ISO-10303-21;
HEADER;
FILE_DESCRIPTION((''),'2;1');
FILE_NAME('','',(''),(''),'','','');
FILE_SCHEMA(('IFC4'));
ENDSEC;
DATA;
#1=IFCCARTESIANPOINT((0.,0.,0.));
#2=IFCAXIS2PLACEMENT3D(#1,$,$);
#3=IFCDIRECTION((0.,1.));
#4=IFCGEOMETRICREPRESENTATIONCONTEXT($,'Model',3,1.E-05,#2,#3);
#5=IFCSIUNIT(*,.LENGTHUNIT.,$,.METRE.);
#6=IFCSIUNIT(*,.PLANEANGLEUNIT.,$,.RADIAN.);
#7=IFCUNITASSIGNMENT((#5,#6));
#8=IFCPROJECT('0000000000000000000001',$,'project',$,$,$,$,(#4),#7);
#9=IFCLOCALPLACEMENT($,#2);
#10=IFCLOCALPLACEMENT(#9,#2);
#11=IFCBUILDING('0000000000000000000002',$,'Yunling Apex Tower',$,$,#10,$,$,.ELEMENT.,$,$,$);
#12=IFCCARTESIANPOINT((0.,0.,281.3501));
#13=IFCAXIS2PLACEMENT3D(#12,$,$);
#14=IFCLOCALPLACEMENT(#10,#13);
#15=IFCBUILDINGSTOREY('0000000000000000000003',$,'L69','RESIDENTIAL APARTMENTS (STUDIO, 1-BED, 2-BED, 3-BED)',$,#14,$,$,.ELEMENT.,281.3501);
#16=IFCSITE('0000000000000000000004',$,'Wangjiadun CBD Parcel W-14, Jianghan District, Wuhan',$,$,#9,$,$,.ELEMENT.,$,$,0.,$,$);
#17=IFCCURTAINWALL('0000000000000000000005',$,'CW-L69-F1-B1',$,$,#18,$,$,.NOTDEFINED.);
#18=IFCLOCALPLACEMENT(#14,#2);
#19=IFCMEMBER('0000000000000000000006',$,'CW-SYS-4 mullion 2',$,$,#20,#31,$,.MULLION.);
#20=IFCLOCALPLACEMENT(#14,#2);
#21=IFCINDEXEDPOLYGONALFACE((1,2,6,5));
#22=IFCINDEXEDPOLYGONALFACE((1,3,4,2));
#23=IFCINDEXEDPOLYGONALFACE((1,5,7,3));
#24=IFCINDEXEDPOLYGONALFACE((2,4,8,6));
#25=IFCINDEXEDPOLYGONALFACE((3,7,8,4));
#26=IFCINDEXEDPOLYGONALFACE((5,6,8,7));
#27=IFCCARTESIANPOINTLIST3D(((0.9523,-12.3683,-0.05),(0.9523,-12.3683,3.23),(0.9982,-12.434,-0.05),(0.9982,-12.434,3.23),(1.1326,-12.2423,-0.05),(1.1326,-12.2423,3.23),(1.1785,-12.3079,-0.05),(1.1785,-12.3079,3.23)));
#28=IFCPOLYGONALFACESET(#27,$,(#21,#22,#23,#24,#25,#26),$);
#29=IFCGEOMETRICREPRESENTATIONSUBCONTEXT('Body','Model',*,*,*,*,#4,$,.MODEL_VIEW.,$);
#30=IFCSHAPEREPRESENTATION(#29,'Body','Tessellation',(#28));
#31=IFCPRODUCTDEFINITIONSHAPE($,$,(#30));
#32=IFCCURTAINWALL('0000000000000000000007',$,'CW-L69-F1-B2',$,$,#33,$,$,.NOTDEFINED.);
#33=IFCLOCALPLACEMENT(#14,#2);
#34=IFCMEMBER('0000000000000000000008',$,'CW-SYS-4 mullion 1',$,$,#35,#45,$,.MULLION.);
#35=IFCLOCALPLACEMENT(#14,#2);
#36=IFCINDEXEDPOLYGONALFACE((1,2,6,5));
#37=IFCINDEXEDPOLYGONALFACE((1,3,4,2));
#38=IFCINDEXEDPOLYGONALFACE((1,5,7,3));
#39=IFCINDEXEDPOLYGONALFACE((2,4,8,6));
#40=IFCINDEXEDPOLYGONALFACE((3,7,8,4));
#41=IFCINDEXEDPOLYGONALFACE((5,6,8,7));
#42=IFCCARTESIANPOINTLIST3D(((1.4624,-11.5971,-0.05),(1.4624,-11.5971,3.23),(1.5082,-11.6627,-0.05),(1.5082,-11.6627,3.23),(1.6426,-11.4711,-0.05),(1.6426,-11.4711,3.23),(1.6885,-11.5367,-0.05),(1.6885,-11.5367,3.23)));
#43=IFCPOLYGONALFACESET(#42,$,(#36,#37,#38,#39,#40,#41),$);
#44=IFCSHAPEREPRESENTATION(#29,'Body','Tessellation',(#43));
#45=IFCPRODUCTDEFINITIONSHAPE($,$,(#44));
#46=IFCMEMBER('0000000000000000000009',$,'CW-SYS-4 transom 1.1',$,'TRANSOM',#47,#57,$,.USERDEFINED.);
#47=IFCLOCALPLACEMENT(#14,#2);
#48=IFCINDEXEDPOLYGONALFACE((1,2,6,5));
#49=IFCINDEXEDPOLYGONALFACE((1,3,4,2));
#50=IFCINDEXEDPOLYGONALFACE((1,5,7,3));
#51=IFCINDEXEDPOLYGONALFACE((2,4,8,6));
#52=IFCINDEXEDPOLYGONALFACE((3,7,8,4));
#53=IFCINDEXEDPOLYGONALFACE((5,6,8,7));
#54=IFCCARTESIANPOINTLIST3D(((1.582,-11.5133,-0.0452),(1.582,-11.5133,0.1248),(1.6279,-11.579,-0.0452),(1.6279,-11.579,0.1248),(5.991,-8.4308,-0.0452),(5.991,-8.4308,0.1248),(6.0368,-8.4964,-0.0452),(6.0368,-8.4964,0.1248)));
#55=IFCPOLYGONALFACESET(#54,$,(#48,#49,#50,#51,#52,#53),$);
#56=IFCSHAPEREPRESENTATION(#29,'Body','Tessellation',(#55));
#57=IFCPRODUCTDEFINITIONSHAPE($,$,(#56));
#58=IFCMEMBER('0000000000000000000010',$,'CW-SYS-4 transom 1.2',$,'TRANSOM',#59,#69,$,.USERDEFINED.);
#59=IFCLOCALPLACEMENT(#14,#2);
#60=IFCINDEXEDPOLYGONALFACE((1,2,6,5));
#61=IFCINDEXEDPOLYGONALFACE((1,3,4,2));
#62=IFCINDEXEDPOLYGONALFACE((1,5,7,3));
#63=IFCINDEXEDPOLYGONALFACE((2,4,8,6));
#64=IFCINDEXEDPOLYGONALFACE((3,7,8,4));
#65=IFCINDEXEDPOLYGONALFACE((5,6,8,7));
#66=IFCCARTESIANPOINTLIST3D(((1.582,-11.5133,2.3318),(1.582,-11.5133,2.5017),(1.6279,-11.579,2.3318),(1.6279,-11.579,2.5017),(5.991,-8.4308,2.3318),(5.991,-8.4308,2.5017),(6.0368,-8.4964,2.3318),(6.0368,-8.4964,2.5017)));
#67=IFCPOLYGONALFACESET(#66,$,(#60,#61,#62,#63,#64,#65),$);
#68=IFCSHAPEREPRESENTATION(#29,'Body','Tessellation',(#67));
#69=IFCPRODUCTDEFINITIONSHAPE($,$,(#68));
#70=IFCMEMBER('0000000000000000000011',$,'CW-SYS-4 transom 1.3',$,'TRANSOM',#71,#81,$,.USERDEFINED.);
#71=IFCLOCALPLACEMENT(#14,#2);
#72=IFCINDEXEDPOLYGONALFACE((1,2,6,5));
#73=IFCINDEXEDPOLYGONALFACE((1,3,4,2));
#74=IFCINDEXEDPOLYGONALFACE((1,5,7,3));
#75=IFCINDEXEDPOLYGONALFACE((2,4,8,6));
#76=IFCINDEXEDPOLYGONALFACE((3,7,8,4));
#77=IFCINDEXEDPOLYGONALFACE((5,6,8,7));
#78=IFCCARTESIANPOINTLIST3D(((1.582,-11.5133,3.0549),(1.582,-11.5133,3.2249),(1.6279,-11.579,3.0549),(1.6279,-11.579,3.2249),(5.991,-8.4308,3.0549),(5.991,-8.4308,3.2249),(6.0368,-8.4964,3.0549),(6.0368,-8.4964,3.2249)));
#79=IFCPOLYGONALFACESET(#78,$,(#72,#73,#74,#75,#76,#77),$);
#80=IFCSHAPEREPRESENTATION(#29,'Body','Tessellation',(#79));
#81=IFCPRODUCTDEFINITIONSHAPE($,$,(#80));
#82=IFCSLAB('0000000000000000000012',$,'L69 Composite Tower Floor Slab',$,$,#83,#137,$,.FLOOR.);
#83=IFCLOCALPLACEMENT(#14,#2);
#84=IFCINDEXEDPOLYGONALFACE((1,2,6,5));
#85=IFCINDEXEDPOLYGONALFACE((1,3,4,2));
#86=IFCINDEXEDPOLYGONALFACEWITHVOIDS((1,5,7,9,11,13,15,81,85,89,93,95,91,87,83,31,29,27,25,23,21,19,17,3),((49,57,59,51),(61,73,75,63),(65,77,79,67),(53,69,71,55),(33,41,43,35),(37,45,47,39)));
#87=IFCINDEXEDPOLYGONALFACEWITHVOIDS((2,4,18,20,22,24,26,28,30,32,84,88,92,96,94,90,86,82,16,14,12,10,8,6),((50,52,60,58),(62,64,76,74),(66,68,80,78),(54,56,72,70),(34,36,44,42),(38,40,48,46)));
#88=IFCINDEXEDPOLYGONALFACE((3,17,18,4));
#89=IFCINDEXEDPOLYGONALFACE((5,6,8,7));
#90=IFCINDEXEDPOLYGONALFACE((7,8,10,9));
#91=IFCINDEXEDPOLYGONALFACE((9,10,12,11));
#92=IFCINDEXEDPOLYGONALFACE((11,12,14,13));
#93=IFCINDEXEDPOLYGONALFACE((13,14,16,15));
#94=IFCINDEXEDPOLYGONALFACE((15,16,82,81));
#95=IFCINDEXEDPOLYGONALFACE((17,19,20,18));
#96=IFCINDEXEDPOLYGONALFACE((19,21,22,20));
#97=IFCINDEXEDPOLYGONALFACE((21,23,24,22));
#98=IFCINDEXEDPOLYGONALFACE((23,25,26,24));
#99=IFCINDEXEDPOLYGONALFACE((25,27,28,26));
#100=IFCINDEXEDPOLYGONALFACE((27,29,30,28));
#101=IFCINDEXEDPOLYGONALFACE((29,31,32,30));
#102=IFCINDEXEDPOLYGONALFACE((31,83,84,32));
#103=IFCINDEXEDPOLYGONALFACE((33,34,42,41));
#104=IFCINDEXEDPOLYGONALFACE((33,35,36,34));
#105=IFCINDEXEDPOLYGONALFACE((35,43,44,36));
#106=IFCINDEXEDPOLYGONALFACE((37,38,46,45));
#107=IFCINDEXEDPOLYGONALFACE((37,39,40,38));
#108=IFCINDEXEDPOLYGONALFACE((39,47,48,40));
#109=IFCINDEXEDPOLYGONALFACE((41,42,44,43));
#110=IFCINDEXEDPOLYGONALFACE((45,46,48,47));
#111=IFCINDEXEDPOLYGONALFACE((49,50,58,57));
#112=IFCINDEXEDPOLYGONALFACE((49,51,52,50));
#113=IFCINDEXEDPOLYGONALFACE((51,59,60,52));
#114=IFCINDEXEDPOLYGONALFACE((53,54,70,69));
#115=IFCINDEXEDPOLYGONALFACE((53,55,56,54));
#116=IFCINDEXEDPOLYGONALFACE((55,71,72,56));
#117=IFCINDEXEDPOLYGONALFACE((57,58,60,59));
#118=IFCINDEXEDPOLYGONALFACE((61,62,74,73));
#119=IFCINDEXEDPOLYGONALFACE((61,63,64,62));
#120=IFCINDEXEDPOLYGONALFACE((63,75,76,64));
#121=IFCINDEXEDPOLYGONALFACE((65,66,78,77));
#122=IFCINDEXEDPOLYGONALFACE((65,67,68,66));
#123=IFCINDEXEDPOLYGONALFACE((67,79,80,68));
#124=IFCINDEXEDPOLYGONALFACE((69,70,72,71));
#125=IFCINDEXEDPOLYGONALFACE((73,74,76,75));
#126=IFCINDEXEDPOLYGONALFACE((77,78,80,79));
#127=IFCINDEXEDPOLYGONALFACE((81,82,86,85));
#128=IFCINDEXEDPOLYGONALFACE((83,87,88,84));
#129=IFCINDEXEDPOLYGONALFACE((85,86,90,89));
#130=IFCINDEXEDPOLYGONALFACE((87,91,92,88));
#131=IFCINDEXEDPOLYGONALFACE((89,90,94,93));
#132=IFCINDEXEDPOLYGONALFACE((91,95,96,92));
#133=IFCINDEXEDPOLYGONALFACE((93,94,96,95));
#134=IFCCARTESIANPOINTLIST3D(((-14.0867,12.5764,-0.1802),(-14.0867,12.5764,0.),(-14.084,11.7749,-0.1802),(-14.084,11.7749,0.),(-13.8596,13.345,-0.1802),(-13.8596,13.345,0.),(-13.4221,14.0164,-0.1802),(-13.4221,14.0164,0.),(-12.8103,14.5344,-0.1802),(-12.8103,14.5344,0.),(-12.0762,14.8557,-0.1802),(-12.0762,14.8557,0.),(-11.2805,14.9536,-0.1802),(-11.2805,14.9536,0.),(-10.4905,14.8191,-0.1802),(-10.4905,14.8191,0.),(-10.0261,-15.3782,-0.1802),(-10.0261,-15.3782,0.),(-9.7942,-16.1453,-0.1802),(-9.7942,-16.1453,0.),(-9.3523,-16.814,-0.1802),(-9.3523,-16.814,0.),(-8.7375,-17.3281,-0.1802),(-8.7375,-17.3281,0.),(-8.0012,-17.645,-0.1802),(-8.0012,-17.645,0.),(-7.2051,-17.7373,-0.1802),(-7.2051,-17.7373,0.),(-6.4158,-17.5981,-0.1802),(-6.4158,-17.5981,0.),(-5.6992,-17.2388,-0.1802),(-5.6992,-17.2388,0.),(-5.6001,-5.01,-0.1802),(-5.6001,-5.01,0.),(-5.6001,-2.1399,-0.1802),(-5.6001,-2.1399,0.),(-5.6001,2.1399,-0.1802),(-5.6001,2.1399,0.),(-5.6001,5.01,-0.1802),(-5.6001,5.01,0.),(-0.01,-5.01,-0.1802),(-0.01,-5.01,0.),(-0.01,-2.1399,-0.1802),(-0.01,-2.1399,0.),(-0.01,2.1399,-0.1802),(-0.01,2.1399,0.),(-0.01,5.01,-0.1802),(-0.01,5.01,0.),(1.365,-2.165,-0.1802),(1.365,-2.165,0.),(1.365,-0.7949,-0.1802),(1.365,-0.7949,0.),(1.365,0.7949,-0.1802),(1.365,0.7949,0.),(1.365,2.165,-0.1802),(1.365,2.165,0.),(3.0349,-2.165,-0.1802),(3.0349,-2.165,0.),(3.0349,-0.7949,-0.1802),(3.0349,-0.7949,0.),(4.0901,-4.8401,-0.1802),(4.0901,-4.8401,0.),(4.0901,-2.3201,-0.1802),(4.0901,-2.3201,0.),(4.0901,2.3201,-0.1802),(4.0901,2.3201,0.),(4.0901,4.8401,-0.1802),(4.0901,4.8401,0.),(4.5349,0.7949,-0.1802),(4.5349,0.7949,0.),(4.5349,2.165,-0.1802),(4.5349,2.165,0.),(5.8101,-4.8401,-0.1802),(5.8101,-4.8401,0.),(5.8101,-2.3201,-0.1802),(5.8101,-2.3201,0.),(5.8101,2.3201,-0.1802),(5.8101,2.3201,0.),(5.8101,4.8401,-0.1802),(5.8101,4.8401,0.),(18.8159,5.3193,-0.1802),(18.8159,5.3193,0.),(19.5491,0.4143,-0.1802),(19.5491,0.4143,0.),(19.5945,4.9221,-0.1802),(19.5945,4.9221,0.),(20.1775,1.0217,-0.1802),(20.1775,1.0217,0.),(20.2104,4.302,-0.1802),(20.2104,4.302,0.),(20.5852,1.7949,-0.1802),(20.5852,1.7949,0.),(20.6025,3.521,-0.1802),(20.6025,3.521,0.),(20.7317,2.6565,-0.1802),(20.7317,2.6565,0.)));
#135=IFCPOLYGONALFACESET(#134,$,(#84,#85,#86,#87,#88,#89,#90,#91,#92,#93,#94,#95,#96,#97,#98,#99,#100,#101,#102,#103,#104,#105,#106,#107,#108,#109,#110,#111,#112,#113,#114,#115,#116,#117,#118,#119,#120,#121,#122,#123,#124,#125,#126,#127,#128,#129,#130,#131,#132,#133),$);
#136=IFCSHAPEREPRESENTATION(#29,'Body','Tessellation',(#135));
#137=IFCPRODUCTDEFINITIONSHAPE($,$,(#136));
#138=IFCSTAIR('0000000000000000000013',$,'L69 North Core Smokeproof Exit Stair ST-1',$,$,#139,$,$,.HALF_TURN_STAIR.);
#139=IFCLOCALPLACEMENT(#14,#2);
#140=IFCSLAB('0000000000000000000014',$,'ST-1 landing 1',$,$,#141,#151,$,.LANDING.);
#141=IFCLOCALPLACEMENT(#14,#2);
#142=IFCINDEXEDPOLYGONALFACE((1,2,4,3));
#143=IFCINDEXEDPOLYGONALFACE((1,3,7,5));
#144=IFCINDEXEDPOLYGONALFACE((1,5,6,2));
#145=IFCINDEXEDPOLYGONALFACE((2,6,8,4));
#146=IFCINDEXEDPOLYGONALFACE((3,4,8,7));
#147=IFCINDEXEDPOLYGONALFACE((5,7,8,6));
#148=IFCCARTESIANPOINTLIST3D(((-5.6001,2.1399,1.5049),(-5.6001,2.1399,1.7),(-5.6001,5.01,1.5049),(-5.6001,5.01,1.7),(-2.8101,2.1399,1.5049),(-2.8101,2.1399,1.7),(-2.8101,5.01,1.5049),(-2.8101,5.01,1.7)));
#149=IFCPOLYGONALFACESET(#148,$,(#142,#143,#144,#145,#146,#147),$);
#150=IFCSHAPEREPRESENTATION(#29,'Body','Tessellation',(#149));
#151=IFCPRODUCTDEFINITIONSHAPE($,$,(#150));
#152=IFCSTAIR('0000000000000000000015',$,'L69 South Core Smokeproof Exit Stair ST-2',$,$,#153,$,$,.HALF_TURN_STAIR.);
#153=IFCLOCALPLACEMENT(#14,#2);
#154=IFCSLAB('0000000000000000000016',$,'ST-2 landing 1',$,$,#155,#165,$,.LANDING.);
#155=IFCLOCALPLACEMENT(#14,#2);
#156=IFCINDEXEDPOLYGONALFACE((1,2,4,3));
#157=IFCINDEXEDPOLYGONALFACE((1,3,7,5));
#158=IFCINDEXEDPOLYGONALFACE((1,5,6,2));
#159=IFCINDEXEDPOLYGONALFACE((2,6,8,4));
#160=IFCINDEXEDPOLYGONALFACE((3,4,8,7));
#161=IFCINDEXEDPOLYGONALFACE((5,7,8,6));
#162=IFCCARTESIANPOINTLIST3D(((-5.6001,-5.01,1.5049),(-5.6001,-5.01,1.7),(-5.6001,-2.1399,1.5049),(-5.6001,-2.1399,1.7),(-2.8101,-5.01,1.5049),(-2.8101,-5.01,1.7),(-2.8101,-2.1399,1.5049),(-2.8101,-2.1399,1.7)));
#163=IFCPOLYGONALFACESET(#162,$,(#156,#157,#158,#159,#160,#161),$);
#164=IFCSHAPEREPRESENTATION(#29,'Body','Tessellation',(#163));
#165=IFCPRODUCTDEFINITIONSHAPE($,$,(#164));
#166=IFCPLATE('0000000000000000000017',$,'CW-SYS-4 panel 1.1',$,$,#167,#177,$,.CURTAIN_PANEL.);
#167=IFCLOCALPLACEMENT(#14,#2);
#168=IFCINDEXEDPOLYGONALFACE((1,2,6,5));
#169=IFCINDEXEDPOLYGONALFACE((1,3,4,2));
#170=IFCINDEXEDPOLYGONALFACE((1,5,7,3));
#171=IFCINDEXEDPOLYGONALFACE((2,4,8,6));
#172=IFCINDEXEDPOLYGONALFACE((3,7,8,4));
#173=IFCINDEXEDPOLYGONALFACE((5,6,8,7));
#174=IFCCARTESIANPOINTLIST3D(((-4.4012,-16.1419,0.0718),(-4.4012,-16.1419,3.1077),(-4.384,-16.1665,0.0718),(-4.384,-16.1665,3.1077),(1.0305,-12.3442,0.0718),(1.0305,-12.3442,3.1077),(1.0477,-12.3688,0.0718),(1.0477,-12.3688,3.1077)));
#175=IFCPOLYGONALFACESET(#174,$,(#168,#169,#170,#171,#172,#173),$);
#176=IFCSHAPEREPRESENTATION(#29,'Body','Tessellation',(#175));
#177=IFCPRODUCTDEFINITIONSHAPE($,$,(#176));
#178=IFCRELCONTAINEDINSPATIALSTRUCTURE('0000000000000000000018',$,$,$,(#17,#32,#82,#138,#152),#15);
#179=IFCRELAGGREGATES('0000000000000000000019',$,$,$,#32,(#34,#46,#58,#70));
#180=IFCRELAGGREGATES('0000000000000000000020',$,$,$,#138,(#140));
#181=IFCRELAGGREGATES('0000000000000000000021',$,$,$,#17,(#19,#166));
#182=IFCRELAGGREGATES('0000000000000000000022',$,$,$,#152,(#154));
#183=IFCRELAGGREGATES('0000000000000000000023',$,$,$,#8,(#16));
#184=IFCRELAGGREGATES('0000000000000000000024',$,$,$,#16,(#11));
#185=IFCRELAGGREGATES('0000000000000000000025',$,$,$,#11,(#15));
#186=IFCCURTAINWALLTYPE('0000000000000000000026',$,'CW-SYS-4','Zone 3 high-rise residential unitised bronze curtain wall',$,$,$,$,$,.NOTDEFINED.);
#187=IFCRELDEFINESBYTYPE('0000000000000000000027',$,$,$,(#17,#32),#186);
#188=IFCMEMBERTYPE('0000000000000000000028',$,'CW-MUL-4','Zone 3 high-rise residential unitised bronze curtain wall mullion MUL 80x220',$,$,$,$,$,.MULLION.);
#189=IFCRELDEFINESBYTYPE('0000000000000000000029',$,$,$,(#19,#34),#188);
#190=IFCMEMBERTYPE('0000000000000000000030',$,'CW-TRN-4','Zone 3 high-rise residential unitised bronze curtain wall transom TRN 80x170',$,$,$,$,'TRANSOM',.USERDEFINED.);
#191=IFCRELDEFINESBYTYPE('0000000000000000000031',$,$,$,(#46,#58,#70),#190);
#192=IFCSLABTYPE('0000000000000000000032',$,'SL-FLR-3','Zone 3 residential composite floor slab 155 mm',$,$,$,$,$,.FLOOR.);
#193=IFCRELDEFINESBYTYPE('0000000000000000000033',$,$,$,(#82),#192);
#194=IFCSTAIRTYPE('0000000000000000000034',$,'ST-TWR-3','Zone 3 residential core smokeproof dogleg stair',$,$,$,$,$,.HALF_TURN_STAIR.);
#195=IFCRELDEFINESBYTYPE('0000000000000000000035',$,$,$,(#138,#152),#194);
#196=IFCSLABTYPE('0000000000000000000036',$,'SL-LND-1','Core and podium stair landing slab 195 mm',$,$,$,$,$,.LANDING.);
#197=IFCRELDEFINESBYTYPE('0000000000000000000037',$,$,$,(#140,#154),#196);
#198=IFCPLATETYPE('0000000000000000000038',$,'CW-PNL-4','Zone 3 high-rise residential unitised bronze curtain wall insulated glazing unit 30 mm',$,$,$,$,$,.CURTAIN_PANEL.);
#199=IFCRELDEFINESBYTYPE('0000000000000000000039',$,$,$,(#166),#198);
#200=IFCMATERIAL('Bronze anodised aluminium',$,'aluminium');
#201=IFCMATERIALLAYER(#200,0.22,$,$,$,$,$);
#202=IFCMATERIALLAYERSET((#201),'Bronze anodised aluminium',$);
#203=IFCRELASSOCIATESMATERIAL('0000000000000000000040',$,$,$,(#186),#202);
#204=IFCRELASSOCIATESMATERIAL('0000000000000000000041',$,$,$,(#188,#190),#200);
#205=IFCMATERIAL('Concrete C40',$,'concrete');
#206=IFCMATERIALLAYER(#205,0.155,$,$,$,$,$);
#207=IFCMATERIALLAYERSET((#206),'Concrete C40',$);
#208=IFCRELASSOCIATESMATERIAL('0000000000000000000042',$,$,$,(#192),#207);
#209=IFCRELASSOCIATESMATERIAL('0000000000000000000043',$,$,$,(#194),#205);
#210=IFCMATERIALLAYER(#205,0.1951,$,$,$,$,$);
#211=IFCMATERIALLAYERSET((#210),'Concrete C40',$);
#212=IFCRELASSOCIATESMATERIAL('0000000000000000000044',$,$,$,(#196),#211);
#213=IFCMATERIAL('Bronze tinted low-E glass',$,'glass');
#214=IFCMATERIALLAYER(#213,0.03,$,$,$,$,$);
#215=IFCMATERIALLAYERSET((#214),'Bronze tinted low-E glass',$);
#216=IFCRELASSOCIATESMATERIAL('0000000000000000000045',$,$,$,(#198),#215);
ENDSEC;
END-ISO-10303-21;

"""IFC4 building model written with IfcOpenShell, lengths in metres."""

from ifc_helpers import new_model, si_unit, direction, frame, origin, origin_2d, place, context, subcontext, project, spatial, polyline, rectangle, outline, extrude, source, transform, mapped, material, layer, layer_set, material_profile, profile_set, type_object, element, aggregate, save


model = new_model("IFC4")

# Units and contexts
model_context = context("Model", 3, precision=1e-05, world=origin(), true_north=direction((0.0, 1.0)))
body_context = subcontext(model_context, "Body", "Model", "MODEL_VIEW")
ifc_project = project(units=[si_unit("LENGTHUNIT", "METRE"), si_unit("PLANEANGLEUNIT", "RADIAN")], contexts=[model_context])

# Site, building, storey
site_placement = place(None, origin())
site = spatial("IfcSite", under=ifc_project, at=site_placement, Name="Wangjiadun CBD Parcel W-14, Jianghan District, Wuhan", CompositionType="ELEMENT", RefElevation=0.0)
building_placement = place(site_placement, origin())
building = spatial("IfcBuilding", under=site, at=building_placement, Name="Yunling Apex Tower", CompositionType="ELEMENT")
storey_placement = place(building_placement, frame((0.0, 0.0, 281.3501)))
storey = spatial("IfcBuildingStorey", under=building, at=storey_placement, Name="L69", Description="RESIDENTIAL APARTMENTS (STUDIO, 1-BED, 2-BED, 3-BED)", CompositionType="ELEMENT", Elevation=281.3501)

# Curtain wall, member
ifc_material_1 = material(Name="Bronze anodised aluminium", Category="aluminium")
ifc_layer_1 = layer(ifc_material_1, 0.22)
ifc_layer_set_1 = layer_set([ifc_layer_1], Name="Bronze anodised aluminium")
curtain_wall_type = type_object("IfcCurtainWallType", Name="CW-SYS-4", Description="Zone 3 high-rise residential unitised bronze curtain wall", PredefinedType="NOTDEFINED", material=ifc_layer_set_1)
curtain_wall_1_placement = place(storey_placement, origin())
curtain_wall_1 = element("IfcCurtainWall", 1, at=curtain_wall_1_placement, inside=storey, type_object=curtain_wall_type, Name="CW-L69-F1-B1", PredefinedType="NOTDEFINED")
ifc_material_profile_1 = material_profile(ifc_material_1, rectangle(XDim=0.0801, YDim=0.22, at=origin_2d()))
ifc_profile_set_1 = profile_set([ifc_material_profile_1], Name="Bronze anodised aluminium")
member_type_1 = type_object("IfcMemberType", Name="CW-MUL-4", Description="Zone 3 high-rise residential unitised bronze curtain wall mullion MUL 80x220", PredefinedType="MULLION", material=ifc_profile_set_1)
shared_shape_1 = source(origin(), body_context, "Body", "SweptSolid", [
    extrude(rectangle(XDim=0.0801, YDim=0.22, at=origin_2d()), origin(), (0.0, 0.0, 1.0), 3.28),
])
member_1_placement = place(storey_placement, frame((1.0654, -12.3381, -0.05), z_axis=(0.0, 0.0, 1.0), x_axis=(-0.573, 0.819555, 0.0)))
member_1 = element("IfcMember", 2, at=member_1_placement, type_object=member_type_1, Name="CW-SYS-4 mullion 2", PredefinedType="MULLION", context=body_context, shape_type="MappedRepresentation", body=[
    mapped(shared_shape_1, transform((0.0, 0.0, 0.0), scale=1.0)),
])

# Curtain wall, members
curtain_wall_2_placement = place(storey_placement, origin())
curtain_wall_2 = element("IfcCurtainWall", 3, at=curtain_wall_2_placement, inside=storey, type_object=curtain_wall_type, Name="CW-L69-F1-B2", PredefinedType="NOTDEFINED")
member_2_placement = place(storey_placement, frame((1.5754, -11.5669, -0.05), z_axis=(0.0, 0.0, 1.0), x_axis=(-0.572999, 0.819556, 0.0)))
member_2 = element("IfcMember", 4, at=member_2_placement, type_object=member_type_1, Name="CW-SYS-4 mullion 1", PredefinedType="MULLION", context=body_context, shape_type="MappedRepresentation", body=[
    mapped(shared_shape_1, transform((0.0, 0.0, 0.0), scale=1.0)),
])
ifc_material_profile_2 = material_profile(ifc_material_1, rectangle(XDim=0.0801, YDim=0.1699, at=origin_2d()))
ifc_profile_set_2 = profile_set([ifc_material_profile_2], Name="Bronze anodised aluminium")
member_type_2 = type_object("IfcMemberType", Name="CW-TRN-4", Description="Zone 3 high-rise residential unitised bronze curtain wall transom TRN 80x170", ElementType="TRANSOM", PredefinedType="USERDEFINED", material=ifc_profile_set_2)
shared_shape_2 = source(origin(), body_context, "Body", "SweptSolid", [
    extrude(rectangle(XDim=0.0801, YDim=0.1699, at=origin_2d()), origin(), (0.0, 0.0, 1.0), 5.3796),
])
member_3_placement = place(storey_placement, frame((1.605, -11.5461, 0.0398), z_axis=(0.819558, 0.572996, 0.0), x_axis=(-0.572996, 0.819558, 0.0)))
member_3 = element("IfcMember", 5, at=member_3_placement, type_object=member_type_2, Name="CW-SYS-4 transom 1.1", ObjectType="TRANSOM", PredefinedType="USERDEFINED", context=body_context, shape_type="MappedRepresentation", body=[
    mapped(shared_shape_2, transform((0.0, 0.0, 0.0), scale=1.0)),
])
member_4_placement = place(storey_placement, frame((1.605, -11.5461, 2.4167), z_axis=(0.819558, 0.572996, 0.0), x_axis=(-0.572996, 0.819558, 0.0)))
member_4 = element("IfcMember", 6, at=member_4_placement, type_object=member_type_2, Name="CW-SYS-4 transom 1.2", ObjectType="TRANSOM", PredefinedType="USERDEFINED", context=body_context, shape_type="MappedRepresentation", body=[
    mapped(shared_shape_2, transform((0.0, 0.0, 0.0), scale=1.0)),
])
member_5_placement = place(storey_placement, frame((1.605, -11.5461, 3.1399), z_axis=(0.819558, 0.572996, 0.0), x_axis=(-0.572996, 0.819558, 0.0)))
member_5 = element("IfcMember", 7, at=member_5_placement, type_object=member_type_2, Name="CW-SYS-4 transom 1.3", ObjectType="TRANSOM", PredefinedType="USERDEFINED", context=body_context, shape_type="MappedRepresentation", body=[
    mapped(shared_shape_2, transform((0.0, 0.0, 0.0), scale=1.0)),
])
aggregate(curtain_wall_2, [member_2, member_3, member_4, member_5])

# Slab
ifc_material_2 = material(Name="Concrete C40", Category="concrete")
ifc_layer_2 = layer(ifc_material_2, 0.155)
ifc_layer_set_2 = layer_set([ifc_layer_2], Name="Concrete C40")
slab_type_1 = type_object("IfcSlabType", Name="SL-FLR-3", Description="Zone 3 residential composite floor slab 155 mm", PredefinedType="FLOOR", material=ifc_layer_set_2)
slab_1_placement = place(storey_placement, frame((0.0, 0.0, -0.1802)))
element("IfcSlab", 8, at=slab_1_placement, inside=storey, type_object=slab_type_1, Name="L69 Composite Tower Floor Slab", PredefinedType="FLOOR", context=body_context, shape_type="SweptSolid", body=[
    extrude(outline(polyline([(-10.0261, -15.3782), (-9.7942, -16.1453), (-9.3523, -16.814), (-8.7375, -17.3281), (-8.0012, -17.645), (-7.2051, -17.7373), (-6.4158, -17.5981), (-5.6992, -17.2388), (19.5491, 0.4143), (20.1775, 1.0217), (20.5852, 1.7949), (20.7317, 2.6565), (20.6025, 3.521), (20.2104, 4.302), (19.5945, 4.9221), (18.8159, 5.3193), (-10.4905, 14.8191), (-11.2805, 14.9536), (-12.0762, 14.8557), (-12.8103, 14.5344), (-13.4221, 14.0164), (-13.8596, 13.345), (-14.0867, 12.5764), (-14.084, 11.7749), (-10.0261, -15.3782)]), holes=[polyline([(4.0901, 4.8401), (5.8101, 4.8401), (5.8101, 2.3201), (4.0901, 2.3201), (4.0901, 4.8401)]), polyline([(4.0901, -4.8401), (4.0901, -2.3201), (5.8101, -2.3201), (5.8101, -4.8401), (4.0901, -4.8401)]), polyline([(4.5349, 0.7949), (1.365, 0.7949), (1.365, 2.165), (4.5349, 2.165), (4.5349, 0.7949)]), polyline([(1.365, -0.7949), (3.0349, -0.7949), (3.0349, -2.165), (1.365, -2.165), (1.365, -0.7949)]), polyline([(-0.01, -5.01), (-5.6001, -5.01), (-5.6001, -2.1399), (-0.01, -2.1399), (-0.01, -5.01)]), polyline([(-0.01, 2.1399), (-5.6001, 2.1399), (-5.6001, 5.01), (-0.01, 5.01), (-0.01, 2.1399)])]), origin(), (0.0, 0.0, 1.0), 0.1802),
])

# Stairs, slabs
stair_type = type_object("IfcStairType", Name="ST-TWR-3", Description="Zone 3 residential core smokeproof dogleg stair", PredefinedType="HALF_TURN_STAIR", material=ifc_material_2)
stair_1_placement = place(storey_placement, origin())
stair_1 = element("IfcStair", 9, at=stair_1_placement, inside=storey, type_object=stair_type, Name="L69 North Core Smokeproof Exit Stair ST-1", PredefinedType="HALF_TURN_STAIR")
ifc_layer_3 = layer(ifc_material_2, 0.1951)
ifc_layer_set_3 = layer_set([ifc_layer_3], Name="Concrete C40")
slab_type_2 = type_object("IfcSlabType", Name="SL-LND-1", Description="Core and podium stair landing slab 195 mm", PredefinedType="LANDING", material=ifc_layer_set_3)
slab_2_placement = place(storey_placement, frame((0.0, 0.0, 1.5049)))
slab_2 = element("IfcSlab", 10, at=slab_2_placement, type_object=slab_type_2, Name="ST-1 landing 1", PredefinedType="LANDING", context=body_context, shape_type="SweptSolid", body=[
    extrude(outline(polyline([(-2.8101, 5.01), (-5.6001, 5.01), (-5.6001, 2.1399), (-2.8101, 2.1399), (-2.8101, 5.01)])), origin(), (0.0, 0.0, 1.0), 0.1951),
])
aggregate(stair_1, [slab_2])
stair_2_placement = place(storey_placement, origin())
stair_2 = element("IfcStair", 11, at=stair_2_placement, inside=storey, type_object=stair_type, Name="L69 South Core Smokeproof Exit Stair ST-2", PredefinedType="HALF_TURN_STAIR")
slab_3_placement = place(storey_placement, frame((0.0, 0.0, 1.5049)))
slab_3 = element("IfcSlab", 12, at=slab_3_placement, type_object=slab_type_2, Name="ST-2 landing 1", PredefinedType="LANDING", context=body_context, shape_type="SweptSolid", body=[
    extrude(outline(polyline([(-2.8101, -2.1399), (-5.6001, -2.1399), (-5.6001, -5.01), (-2.8101, -5.01), (-2.8101, -2.1399)])), origin(), (0.0, 0.0, 1.0), 0.1951),
])

# Plate
ifc_material_3 = material(Name="Bronze tinted low-E glass", Category="glass")
ifc_layer_4 = layer(ifc_material_3, 0.03)
ifc_layer_set_4 = layer_set([ifc_layer_4], Name="Bronze tinted low-E glass")
plate_type = type_object("IfcPlateType", Name="CW-PNL-4", Description="Zone 3 high-rise residential unitised bronze curtain wall insulated glazing unit 30 mm", PredefinedType="CURTAIN_PANEL", material=ifc_layer_set_4)
shared_shape_3 = source(origin(), body_context, "Body", "SweptSolid", [
    extrude(rectangle(XDim=6.6277, YDim=0.03, at=origin_2d()), origin(), (0.0, 0.0, 1.0), 3.0359),
])
plate_placement = place(storey_placement, frame((-1.6768, -14.2554, 0.0718), z_axis=(0.0, 0.0, 1.0), x_axis=(0.819555, 0.573, 0.0)))
plate = element("IfcPlate", 13, at=plate_placement, type_object=plate_type, Name="CW-SYS-4 panel 1.1", PredefinedType="CURTAIN_PANEL", context=body_context, shape_type="MappedRepresentation", body=[
    mapped(shared_shape_3, transform((0.0, 0.0, 0.0), scale=1.0)),
])
aggregate(curtain_wall_1, [member_1, plate])

aggregate(stair_2, [slab_3])

save(model, "model.ifc")
